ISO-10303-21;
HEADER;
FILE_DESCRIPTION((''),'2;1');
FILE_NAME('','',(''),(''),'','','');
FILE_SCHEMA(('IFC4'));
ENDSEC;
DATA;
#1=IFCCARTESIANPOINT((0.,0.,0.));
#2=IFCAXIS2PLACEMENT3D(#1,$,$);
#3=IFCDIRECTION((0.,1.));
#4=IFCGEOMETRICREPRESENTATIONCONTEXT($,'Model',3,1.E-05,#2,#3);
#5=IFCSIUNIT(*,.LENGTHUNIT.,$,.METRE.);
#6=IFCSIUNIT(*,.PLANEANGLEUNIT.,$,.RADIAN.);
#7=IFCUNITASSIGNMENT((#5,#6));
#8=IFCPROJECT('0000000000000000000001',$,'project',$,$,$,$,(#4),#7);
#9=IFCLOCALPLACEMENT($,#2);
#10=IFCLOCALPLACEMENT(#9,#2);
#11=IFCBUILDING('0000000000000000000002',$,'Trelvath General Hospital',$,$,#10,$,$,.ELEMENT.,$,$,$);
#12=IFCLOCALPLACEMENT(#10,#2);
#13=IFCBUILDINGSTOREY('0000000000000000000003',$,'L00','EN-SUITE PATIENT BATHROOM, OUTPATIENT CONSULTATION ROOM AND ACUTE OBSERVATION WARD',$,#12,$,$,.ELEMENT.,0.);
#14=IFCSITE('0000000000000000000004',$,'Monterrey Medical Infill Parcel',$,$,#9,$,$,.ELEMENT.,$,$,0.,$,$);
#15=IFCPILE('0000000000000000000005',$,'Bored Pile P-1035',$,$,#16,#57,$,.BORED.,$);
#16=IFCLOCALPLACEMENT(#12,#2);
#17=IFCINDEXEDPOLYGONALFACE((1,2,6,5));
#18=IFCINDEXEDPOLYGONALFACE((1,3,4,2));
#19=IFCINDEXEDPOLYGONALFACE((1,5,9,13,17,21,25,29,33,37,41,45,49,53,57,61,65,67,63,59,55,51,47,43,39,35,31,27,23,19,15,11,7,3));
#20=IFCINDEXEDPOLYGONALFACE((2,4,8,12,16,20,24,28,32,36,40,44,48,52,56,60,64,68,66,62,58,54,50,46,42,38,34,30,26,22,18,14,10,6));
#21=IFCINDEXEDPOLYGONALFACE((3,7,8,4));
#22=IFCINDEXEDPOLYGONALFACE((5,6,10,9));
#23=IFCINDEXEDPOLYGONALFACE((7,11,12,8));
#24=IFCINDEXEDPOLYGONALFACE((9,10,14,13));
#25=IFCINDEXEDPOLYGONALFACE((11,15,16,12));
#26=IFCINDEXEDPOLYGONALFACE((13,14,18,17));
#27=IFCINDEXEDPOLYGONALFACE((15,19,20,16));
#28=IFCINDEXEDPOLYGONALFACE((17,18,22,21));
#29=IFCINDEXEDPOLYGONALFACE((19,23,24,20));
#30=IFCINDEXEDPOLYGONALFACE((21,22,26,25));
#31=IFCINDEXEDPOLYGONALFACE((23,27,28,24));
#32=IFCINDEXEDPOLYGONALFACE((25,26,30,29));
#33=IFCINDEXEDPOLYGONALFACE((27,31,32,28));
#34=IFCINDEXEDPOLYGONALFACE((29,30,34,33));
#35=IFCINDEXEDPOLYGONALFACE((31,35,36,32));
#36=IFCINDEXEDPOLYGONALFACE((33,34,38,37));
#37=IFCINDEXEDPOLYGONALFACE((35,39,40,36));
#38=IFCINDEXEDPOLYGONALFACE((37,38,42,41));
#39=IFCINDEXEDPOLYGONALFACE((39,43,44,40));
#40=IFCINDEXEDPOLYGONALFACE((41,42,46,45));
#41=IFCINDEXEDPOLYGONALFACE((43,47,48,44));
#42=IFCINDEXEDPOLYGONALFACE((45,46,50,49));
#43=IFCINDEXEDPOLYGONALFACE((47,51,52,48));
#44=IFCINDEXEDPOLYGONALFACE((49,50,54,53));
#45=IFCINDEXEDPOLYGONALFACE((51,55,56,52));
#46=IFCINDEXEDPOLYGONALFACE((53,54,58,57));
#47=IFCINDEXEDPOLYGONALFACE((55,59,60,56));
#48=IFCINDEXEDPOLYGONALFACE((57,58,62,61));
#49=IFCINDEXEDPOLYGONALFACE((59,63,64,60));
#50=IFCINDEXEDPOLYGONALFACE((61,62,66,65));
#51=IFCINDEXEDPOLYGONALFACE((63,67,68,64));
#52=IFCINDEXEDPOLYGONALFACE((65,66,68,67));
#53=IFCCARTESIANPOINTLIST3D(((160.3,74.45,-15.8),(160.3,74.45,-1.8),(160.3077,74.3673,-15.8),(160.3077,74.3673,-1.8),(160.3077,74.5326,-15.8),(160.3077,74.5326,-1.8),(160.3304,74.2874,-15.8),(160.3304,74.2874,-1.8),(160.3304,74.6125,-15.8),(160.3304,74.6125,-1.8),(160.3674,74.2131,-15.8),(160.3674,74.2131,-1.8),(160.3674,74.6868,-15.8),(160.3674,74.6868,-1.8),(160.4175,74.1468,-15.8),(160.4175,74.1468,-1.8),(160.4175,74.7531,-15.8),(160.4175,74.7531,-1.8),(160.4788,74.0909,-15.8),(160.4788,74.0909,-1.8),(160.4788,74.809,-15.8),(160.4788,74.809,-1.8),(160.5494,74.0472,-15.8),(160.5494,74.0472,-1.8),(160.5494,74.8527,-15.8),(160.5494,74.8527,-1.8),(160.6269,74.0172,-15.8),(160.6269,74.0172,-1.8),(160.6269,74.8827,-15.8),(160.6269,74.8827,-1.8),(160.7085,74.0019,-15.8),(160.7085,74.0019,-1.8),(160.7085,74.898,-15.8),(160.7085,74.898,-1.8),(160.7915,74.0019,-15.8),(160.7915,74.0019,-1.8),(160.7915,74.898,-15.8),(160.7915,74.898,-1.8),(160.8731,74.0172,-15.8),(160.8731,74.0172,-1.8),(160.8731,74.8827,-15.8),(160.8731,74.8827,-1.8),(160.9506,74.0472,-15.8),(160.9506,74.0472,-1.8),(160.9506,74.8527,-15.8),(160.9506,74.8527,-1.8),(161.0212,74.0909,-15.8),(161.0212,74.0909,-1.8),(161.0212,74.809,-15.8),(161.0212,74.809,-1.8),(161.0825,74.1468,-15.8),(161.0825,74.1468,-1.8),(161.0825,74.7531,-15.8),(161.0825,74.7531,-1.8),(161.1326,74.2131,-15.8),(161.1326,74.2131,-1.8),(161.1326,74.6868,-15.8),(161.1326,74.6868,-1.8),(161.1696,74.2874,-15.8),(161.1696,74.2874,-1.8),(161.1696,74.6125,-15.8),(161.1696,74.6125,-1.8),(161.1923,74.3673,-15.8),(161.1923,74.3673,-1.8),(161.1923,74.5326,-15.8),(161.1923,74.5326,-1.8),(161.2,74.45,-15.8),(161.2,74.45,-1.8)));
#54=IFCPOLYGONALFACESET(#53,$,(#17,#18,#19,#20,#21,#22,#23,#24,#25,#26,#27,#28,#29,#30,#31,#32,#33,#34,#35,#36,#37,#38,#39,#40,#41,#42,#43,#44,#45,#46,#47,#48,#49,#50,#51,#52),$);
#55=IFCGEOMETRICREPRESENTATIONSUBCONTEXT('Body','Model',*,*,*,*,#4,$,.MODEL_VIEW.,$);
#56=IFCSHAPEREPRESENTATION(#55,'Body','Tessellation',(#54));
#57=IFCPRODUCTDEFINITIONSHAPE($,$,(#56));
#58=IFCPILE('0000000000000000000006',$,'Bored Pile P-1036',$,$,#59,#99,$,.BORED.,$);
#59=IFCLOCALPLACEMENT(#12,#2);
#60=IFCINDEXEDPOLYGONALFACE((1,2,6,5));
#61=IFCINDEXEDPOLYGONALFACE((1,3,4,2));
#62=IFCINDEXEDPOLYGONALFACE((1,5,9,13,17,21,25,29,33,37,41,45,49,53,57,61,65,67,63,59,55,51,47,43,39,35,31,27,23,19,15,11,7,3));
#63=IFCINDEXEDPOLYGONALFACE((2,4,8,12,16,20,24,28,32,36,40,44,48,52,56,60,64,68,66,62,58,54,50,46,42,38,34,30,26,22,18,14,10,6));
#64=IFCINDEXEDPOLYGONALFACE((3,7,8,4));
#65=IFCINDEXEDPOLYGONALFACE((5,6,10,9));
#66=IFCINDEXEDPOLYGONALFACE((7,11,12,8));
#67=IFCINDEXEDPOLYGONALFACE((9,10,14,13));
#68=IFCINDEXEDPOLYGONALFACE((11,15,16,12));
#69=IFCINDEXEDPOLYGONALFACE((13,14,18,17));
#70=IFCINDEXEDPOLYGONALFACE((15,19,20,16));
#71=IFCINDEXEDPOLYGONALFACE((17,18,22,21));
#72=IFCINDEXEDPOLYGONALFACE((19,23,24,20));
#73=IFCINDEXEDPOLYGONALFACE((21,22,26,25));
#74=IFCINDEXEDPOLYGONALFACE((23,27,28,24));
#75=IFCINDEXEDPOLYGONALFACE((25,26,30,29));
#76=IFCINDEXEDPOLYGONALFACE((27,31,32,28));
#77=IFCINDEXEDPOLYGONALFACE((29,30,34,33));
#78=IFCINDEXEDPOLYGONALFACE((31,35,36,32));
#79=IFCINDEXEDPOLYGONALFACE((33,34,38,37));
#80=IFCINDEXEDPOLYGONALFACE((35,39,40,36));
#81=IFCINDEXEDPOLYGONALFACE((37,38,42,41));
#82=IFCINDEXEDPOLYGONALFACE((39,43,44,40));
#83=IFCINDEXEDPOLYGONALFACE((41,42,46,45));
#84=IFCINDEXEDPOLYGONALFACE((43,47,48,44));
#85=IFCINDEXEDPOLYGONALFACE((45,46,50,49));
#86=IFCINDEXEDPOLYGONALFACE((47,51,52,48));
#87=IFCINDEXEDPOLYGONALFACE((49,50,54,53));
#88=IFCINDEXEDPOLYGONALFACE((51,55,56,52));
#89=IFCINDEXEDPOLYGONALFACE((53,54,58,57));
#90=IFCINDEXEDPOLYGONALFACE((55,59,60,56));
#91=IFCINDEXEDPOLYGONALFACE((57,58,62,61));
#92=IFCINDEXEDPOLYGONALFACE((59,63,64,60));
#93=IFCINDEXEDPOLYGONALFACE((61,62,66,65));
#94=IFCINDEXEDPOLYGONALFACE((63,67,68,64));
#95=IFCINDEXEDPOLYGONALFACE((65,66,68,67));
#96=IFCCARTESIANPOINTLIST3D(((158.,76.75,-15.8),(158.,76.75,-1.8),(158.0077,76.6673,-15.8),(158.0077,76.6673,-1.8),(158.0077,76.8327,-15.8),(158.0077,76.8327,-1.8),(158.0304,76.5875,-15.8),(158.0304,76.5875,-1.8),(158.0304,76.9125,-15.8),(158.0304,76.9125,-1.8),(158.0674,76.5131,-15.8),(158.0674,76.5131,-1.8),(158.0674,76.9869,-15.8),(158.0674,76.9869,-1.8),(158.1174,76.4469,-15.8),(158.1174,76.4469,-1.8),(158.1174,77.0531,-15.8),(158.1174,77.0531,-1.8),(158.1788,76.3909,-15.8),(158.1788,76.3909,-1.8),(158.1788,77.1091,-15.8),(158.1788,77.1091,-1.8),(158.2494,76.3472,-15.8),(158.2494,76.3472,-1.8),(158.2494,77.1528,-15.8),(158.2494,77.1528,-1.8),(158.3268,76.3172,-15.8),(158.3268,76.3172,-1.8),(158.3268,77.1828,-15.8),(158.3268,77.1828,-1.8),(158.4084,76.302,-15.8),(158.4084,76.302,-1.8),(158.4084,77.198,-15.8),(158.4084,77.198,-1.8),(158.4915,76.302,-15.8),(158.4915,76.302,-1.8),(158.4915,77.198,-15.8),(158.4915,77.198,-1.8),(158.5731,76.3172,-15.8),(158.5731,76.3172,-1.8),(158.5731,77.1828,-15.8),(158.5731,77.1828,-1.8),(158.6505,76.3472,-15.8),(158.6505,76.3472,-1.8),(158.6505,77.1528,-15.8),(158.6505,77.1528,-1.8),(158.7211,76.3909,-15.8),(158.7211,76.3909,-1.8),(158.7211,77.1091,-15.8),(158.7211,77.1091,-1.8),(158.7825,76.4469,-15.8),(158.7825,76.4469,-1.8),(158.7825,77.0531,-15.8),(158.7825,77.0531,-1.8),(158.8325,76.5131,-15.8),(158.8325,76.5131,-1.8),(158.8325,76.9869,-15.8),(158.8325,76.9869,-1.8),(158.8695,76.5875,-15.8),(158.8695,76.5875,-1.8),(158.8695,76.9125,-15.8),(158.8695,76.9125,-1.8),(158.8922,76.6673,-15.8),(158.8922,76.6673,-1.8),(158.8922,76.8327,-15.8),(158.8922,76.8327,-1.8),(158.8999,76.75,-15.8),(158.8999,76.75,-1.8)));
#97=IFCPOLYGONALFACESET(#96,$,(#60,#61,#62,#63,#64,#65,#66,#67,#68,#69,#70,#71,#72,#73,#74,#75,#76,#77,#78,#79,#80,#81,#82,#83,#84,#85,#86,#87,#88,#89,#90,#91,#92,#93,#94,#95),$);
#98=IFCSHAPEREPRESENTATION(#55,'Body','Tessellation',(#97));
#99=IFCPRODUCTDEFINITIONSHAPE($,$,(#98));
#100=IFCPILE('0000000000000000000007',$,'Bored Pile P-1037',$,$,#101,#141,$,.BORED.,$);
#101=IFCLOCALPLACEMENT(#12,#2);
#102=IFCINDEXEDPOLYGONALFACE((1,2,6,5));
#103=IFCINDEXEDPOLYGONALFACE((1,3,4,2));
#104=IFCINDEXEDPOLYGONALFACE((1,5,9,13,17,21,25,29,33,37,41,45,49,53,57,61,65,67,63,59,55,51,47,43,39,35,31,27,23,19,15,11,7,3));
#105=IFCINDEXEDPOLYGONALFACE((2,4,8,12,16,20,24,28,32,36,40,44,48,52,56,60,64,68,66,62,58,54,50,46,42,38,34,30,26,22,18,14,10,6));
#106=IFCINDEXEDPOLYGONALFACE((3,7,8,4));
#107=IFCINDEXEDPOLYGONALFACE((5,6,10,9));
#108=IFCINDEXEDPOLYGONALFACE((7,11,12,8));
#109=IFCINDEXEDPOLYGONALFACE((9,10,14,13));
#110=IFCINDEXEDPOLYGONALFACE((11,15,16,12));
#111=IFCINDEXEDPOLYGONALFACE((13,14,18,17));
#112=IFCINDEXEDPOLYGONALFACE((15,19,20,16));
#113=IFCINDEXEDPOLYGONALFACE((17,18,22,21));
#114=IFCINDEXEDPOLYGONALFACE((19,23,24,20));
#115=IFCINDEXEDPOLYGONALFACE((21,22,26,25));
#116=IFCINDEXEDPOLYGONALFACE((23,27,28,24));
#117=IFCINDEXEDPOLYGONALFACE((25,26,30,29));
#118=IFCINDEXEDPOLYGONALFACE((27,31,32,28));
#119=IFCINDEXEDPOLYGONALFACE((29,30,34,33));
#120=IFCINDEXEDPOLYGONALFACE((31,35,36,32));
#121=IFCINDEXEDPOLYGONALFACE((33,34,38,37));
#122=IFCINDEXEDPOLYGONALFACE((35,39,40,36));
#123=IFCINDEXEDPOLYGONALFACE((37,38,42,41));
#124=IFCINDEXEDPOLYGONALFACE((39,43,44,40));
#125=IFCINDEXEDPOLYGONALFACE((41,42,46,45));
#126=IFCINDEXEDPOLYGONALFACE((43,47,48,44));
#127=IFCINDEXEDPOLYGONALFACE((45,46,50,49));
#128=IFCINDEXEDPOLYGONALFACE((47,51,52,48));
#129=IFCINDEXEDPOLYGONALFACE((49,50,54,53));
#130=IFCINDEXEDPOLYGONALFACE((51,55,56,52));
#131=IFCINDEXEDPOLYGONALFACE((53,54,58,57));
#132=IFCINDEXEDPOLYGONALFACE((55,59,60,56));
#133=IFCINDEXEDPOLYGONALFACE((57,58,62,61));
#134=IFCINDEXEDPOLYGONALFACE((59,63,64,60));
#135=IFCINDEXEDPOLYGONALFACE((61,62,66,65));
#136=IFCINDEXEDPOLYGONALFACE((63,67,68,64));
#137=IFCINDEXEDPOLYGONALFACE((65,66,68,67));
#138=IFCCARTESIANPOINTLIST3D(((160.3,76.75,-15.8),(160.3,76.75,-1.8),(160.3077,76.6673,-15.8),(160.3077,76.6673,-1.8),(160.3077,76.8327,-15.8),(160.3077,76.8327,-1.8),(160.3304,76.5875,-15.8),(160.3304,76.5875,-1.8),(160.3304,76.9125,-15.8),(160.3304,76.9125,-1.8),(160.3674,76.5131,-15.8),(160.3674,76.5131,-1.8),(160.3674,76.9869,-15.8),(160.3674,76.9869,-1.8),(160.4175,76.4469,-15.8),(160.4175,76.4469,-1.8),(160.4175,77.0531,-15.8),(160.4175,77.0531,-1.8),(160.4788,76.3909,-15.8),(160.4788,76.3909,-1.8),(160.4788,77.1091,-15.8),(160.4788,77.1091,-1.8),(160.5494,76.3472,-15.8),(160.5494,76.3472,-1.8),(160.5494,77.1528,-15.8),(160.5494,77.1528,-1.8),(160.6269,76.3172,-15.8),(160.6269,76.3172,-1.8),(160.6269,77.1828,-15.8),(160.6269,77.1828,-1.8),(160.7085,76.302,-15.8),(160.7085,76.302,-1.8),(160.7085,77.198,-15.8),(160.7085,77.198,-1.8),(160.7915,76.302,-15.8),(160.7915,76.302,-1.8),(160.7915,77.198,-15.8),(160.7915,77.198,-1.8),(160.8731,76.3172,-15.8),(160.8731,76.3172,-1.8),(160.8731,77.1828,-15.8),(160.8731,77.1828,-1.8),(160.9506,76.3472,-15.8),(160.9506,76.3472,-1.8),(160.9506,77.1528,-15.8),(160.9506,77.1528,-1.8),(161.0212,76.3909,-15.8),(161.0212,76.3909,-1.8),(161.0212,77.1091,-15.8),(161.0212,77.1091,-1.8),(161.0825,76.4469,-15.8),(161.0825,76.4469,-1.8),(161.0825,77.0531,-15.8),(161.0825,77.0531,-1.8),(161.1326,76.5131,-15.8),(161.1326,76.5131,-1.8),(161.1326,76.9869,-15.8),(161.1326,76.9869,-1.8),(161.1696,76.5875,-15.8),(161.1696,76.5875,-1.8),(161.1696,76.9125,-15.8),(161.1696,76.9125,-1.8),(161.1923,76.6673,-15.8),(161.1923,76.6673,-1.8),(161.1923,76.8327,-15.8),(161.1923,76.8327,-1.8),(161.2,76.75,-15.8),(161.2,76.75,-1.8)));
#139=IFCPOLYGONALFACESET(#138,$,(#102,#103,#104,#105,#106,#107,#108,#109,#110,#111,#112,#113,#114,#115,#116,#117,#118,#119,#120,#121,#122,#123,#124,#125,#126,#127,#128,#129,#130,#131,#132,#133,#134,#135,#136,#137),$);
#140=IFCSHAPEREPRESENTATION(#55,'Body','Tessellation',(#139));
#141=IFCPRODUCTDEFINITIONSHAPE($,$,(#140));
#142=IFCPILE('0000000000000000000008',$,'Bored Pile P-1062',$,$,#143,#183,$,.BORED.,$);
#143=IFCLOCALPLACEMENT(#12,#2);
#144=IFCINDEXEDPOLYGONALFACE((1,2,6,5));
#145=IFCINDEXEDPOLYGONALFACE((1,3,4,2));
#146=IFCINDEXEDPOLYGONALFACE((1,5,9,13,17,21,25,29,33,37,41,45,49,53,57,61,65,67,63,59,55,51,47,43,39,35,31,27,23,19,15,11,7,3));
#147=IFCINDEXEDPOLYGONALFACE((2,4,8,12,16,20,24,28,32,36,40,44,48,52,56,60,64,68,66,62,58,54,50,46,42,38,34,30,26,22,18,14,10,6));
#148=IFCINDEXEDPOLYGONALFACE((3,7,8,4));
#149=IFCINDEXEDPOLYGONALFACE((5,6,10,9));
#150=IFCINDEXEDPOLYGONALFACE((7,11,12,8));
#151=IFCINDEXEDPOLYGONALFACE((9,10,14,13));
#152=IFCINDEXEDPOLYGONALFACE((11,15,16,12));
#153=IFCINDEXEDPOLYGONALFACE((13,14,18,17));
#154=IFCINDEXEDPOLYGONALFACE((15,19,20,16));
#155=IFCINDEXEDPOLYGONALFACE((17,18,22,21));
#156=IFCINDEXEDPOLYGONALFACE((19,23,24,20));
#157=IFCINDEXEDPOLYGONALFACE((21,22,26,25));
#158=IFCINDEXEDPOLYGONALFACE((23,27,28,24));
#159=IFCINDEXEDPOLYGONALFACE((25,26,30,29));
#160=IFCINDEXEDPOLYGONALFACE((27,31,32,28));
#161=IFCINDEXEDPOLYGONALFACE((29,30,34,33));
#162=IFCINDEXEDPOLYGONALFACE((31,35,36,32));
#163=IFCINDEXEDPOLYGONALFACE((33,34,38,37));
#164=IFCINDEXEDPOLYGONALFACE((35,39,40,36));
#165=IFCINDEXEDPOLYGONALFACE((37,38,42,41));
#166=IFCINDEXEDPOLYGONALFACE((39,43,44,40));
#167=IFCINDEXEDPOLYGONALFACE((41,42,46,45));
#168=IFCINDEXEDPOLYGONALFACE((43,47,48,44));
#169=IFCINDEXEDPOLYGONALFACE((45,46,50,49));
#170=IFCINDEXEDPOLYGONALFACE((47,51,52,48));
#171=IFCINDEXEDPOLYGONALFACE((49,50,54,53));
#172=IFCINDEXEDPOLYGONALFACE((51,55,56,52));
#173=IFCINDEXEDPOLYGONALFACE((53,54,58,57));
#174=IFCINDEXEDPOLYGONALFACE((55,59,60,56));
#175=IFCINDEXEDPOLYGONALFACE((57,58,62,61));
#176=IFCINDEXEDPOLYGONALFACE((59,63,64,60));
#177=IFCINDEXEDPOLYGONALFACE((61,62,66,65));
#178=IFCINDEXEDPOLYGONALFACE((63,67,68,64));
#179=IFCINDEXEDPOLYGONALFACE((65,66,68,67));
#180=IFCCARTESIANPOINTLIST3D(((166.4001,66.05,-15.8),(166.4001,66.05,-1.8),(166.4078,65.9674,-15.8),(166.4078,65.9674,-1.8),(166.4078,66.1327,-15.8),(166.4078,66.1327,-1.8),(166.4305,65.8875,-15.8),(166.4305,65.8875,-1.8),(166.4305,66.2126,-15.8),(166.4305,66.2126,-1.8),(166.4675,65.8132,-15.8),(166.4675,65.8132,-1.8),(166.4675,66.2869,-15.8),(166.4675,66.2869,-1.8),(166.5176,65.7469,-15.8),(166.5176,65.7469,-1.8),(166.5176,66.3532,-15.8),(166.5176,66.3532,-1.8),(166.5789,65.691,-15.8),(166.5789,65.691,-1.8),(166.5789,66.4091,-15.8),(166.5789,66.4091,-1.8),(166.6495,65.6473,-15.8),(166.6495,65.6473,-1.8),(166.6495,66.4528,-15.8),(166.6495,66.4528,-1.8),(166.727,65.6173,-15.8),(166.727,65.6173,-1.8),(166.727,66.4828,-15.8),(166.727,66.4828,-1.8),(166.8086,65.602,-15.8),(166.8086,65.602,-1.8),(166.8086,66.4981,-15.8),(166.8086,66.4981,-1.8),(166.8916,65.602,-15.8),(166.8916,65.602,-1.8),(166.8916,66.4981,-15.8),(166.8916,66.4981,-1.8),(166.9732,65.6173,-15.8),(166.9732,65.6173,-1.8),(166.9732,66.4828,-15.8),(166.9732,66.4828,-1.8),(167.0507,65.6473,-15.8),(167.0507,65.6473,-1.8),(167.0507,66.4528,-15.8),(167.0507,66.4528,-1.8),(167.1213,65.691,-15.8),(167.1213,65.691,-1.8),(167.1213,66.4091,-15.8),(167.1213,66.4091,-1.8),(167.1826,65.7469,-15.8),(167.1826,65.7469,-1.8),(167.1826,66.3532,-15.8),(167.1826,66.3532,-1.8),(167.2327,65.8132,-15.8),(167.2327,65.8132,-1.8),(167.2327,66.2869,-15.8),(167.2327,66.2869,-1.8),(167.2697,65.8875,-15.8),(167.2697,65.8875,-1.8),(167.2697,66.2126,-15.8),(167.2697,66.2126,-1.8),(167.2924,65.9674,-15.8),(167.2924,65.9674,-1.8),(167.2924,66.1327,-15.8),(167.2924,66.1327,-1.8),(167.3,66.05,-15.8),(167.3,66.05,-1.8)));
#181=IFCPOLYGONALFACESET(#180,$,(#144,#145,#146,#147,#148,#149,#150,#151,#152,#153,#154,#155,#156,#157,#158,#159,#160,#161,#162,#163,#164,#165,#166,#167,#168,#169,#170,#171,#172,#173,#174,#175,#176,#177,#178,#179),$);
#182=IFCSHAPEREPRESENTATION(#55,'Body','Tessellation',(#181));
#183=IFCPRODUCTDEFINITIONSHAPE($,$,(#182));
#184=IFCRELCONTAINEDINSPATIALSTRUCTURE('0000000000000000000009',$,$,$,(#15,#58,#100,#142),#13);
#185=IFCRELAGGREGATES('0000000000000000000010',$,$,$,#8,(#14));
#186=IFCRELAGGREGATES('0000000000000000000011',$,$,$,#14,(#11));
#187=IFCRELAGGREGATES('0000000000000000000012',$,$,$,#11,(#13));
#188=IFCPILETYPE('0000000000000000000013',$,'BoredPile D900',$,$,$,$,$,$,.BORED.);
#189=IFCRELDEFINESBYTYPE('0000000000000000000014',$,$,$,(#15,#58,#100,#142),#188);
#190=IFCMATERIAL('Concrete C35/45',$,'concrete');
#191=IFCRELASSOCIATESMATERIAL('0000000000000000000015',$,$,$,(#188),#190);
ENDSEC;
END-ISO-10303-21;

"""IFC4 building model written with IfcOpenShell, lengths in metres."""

from ifc_helpers import new_model, si_unit, direction, frame, origin, origin_2d, place, context, subcontext, project, spatial, circle, extrude, material, material_profile, profile_set, type_object, element, save


model = new_model("IFC4")

# Units and contexts
model_context = context("Model", 3, precision=1e-05, world=origin(), true_north=direction((0.0, 1.0)))
body_context = subcontext(model_context, "Body", "Model", "MODEL_VIEW")
ifc_project = project(units=[si_unit("LENGTHUNIT", "METRE"), si_unit("PLANEANGLEUNIT", "RADIAN")], contexts=[model_context])

# Site, building, storey
site_placement = place(None, origin())
site = spatial("IfcSite", under=ifc_project, at=site_placement, Name="Monterrey Medical Infill Parcel", CompositionType="ELEMENT", RefElevation=0.0)
building_placement = place(site_placement, origin())
building = spatial("IfcBuilding", under=site, at=building_placement, Name="Trelvath General Hospital", CompositionType="ELEMENT")
storey_placement = place(building_placement, origin())
storey = spatial("IfcBuildingStorey", under=building, at=storey_placement, Name="L00", Description="EN-SUITE PATIENT BATHROOM, OUTPATIENT CONSULTATION ROOM AND ACUTE OBSERVATION WARD", CompositionType="ELEMENT", Elevation=0.0)

# Piles
ifc_material_1 = material(Name="Concrete C35/45", Category="concrete")
ifc_material_profile_1 = material_profile(ifc_material_1, circle(Radius=0.45, at=origin_2d()), Name="PILE900")
ifc_profile_set_1 = profile_set([ifc_material_profile_1], Name="Concrete C35/45")
pile_type_1 = type_object("IfcPileType", Name="BoredPile D900", PredefinedType="BORED", material=ifc_profile_set_1)
for number, where, z_axis, x_axis, name in (
    (1, (160.75, 74.45, -1.8), (0.0, 0.0, -1.0), (1.0, 0.0, 0.0), "Bored Pile P-1035"),
    (2, (158.45, 76.75, -1.8), (0.0, 0.0, -1.0), (1.0, 0.0, 0.0), "Bored Pile P-1036"),
    (3, (160.75, 76.75, -1.8), (0.0, 0.0, -1.0), (1.0, 0.0, 0.0), "Bored Pile P-1037"),
    (4, (166.8501, 66.05, -1.8), (0.0, 0.0, -1.0), (1.0, 0.0, 0.0), "Bored Pile P-1062"),
):
    element("IfcPile", number, at=place(storey_placement, frame(where, z_axis=z_axis, x_axis=x_axis)), inside=storey, type_object=pile_type_1, Name=name, PredefinedType="BORED", context=body_context, shape_type="SweptSolid", body=[
        extrude(circle(Radius=0.45, at=origin_2d()), origin(), (0.0, 0.0, 1.0), 14.0),
    ])

save(model, "model.ifc")
